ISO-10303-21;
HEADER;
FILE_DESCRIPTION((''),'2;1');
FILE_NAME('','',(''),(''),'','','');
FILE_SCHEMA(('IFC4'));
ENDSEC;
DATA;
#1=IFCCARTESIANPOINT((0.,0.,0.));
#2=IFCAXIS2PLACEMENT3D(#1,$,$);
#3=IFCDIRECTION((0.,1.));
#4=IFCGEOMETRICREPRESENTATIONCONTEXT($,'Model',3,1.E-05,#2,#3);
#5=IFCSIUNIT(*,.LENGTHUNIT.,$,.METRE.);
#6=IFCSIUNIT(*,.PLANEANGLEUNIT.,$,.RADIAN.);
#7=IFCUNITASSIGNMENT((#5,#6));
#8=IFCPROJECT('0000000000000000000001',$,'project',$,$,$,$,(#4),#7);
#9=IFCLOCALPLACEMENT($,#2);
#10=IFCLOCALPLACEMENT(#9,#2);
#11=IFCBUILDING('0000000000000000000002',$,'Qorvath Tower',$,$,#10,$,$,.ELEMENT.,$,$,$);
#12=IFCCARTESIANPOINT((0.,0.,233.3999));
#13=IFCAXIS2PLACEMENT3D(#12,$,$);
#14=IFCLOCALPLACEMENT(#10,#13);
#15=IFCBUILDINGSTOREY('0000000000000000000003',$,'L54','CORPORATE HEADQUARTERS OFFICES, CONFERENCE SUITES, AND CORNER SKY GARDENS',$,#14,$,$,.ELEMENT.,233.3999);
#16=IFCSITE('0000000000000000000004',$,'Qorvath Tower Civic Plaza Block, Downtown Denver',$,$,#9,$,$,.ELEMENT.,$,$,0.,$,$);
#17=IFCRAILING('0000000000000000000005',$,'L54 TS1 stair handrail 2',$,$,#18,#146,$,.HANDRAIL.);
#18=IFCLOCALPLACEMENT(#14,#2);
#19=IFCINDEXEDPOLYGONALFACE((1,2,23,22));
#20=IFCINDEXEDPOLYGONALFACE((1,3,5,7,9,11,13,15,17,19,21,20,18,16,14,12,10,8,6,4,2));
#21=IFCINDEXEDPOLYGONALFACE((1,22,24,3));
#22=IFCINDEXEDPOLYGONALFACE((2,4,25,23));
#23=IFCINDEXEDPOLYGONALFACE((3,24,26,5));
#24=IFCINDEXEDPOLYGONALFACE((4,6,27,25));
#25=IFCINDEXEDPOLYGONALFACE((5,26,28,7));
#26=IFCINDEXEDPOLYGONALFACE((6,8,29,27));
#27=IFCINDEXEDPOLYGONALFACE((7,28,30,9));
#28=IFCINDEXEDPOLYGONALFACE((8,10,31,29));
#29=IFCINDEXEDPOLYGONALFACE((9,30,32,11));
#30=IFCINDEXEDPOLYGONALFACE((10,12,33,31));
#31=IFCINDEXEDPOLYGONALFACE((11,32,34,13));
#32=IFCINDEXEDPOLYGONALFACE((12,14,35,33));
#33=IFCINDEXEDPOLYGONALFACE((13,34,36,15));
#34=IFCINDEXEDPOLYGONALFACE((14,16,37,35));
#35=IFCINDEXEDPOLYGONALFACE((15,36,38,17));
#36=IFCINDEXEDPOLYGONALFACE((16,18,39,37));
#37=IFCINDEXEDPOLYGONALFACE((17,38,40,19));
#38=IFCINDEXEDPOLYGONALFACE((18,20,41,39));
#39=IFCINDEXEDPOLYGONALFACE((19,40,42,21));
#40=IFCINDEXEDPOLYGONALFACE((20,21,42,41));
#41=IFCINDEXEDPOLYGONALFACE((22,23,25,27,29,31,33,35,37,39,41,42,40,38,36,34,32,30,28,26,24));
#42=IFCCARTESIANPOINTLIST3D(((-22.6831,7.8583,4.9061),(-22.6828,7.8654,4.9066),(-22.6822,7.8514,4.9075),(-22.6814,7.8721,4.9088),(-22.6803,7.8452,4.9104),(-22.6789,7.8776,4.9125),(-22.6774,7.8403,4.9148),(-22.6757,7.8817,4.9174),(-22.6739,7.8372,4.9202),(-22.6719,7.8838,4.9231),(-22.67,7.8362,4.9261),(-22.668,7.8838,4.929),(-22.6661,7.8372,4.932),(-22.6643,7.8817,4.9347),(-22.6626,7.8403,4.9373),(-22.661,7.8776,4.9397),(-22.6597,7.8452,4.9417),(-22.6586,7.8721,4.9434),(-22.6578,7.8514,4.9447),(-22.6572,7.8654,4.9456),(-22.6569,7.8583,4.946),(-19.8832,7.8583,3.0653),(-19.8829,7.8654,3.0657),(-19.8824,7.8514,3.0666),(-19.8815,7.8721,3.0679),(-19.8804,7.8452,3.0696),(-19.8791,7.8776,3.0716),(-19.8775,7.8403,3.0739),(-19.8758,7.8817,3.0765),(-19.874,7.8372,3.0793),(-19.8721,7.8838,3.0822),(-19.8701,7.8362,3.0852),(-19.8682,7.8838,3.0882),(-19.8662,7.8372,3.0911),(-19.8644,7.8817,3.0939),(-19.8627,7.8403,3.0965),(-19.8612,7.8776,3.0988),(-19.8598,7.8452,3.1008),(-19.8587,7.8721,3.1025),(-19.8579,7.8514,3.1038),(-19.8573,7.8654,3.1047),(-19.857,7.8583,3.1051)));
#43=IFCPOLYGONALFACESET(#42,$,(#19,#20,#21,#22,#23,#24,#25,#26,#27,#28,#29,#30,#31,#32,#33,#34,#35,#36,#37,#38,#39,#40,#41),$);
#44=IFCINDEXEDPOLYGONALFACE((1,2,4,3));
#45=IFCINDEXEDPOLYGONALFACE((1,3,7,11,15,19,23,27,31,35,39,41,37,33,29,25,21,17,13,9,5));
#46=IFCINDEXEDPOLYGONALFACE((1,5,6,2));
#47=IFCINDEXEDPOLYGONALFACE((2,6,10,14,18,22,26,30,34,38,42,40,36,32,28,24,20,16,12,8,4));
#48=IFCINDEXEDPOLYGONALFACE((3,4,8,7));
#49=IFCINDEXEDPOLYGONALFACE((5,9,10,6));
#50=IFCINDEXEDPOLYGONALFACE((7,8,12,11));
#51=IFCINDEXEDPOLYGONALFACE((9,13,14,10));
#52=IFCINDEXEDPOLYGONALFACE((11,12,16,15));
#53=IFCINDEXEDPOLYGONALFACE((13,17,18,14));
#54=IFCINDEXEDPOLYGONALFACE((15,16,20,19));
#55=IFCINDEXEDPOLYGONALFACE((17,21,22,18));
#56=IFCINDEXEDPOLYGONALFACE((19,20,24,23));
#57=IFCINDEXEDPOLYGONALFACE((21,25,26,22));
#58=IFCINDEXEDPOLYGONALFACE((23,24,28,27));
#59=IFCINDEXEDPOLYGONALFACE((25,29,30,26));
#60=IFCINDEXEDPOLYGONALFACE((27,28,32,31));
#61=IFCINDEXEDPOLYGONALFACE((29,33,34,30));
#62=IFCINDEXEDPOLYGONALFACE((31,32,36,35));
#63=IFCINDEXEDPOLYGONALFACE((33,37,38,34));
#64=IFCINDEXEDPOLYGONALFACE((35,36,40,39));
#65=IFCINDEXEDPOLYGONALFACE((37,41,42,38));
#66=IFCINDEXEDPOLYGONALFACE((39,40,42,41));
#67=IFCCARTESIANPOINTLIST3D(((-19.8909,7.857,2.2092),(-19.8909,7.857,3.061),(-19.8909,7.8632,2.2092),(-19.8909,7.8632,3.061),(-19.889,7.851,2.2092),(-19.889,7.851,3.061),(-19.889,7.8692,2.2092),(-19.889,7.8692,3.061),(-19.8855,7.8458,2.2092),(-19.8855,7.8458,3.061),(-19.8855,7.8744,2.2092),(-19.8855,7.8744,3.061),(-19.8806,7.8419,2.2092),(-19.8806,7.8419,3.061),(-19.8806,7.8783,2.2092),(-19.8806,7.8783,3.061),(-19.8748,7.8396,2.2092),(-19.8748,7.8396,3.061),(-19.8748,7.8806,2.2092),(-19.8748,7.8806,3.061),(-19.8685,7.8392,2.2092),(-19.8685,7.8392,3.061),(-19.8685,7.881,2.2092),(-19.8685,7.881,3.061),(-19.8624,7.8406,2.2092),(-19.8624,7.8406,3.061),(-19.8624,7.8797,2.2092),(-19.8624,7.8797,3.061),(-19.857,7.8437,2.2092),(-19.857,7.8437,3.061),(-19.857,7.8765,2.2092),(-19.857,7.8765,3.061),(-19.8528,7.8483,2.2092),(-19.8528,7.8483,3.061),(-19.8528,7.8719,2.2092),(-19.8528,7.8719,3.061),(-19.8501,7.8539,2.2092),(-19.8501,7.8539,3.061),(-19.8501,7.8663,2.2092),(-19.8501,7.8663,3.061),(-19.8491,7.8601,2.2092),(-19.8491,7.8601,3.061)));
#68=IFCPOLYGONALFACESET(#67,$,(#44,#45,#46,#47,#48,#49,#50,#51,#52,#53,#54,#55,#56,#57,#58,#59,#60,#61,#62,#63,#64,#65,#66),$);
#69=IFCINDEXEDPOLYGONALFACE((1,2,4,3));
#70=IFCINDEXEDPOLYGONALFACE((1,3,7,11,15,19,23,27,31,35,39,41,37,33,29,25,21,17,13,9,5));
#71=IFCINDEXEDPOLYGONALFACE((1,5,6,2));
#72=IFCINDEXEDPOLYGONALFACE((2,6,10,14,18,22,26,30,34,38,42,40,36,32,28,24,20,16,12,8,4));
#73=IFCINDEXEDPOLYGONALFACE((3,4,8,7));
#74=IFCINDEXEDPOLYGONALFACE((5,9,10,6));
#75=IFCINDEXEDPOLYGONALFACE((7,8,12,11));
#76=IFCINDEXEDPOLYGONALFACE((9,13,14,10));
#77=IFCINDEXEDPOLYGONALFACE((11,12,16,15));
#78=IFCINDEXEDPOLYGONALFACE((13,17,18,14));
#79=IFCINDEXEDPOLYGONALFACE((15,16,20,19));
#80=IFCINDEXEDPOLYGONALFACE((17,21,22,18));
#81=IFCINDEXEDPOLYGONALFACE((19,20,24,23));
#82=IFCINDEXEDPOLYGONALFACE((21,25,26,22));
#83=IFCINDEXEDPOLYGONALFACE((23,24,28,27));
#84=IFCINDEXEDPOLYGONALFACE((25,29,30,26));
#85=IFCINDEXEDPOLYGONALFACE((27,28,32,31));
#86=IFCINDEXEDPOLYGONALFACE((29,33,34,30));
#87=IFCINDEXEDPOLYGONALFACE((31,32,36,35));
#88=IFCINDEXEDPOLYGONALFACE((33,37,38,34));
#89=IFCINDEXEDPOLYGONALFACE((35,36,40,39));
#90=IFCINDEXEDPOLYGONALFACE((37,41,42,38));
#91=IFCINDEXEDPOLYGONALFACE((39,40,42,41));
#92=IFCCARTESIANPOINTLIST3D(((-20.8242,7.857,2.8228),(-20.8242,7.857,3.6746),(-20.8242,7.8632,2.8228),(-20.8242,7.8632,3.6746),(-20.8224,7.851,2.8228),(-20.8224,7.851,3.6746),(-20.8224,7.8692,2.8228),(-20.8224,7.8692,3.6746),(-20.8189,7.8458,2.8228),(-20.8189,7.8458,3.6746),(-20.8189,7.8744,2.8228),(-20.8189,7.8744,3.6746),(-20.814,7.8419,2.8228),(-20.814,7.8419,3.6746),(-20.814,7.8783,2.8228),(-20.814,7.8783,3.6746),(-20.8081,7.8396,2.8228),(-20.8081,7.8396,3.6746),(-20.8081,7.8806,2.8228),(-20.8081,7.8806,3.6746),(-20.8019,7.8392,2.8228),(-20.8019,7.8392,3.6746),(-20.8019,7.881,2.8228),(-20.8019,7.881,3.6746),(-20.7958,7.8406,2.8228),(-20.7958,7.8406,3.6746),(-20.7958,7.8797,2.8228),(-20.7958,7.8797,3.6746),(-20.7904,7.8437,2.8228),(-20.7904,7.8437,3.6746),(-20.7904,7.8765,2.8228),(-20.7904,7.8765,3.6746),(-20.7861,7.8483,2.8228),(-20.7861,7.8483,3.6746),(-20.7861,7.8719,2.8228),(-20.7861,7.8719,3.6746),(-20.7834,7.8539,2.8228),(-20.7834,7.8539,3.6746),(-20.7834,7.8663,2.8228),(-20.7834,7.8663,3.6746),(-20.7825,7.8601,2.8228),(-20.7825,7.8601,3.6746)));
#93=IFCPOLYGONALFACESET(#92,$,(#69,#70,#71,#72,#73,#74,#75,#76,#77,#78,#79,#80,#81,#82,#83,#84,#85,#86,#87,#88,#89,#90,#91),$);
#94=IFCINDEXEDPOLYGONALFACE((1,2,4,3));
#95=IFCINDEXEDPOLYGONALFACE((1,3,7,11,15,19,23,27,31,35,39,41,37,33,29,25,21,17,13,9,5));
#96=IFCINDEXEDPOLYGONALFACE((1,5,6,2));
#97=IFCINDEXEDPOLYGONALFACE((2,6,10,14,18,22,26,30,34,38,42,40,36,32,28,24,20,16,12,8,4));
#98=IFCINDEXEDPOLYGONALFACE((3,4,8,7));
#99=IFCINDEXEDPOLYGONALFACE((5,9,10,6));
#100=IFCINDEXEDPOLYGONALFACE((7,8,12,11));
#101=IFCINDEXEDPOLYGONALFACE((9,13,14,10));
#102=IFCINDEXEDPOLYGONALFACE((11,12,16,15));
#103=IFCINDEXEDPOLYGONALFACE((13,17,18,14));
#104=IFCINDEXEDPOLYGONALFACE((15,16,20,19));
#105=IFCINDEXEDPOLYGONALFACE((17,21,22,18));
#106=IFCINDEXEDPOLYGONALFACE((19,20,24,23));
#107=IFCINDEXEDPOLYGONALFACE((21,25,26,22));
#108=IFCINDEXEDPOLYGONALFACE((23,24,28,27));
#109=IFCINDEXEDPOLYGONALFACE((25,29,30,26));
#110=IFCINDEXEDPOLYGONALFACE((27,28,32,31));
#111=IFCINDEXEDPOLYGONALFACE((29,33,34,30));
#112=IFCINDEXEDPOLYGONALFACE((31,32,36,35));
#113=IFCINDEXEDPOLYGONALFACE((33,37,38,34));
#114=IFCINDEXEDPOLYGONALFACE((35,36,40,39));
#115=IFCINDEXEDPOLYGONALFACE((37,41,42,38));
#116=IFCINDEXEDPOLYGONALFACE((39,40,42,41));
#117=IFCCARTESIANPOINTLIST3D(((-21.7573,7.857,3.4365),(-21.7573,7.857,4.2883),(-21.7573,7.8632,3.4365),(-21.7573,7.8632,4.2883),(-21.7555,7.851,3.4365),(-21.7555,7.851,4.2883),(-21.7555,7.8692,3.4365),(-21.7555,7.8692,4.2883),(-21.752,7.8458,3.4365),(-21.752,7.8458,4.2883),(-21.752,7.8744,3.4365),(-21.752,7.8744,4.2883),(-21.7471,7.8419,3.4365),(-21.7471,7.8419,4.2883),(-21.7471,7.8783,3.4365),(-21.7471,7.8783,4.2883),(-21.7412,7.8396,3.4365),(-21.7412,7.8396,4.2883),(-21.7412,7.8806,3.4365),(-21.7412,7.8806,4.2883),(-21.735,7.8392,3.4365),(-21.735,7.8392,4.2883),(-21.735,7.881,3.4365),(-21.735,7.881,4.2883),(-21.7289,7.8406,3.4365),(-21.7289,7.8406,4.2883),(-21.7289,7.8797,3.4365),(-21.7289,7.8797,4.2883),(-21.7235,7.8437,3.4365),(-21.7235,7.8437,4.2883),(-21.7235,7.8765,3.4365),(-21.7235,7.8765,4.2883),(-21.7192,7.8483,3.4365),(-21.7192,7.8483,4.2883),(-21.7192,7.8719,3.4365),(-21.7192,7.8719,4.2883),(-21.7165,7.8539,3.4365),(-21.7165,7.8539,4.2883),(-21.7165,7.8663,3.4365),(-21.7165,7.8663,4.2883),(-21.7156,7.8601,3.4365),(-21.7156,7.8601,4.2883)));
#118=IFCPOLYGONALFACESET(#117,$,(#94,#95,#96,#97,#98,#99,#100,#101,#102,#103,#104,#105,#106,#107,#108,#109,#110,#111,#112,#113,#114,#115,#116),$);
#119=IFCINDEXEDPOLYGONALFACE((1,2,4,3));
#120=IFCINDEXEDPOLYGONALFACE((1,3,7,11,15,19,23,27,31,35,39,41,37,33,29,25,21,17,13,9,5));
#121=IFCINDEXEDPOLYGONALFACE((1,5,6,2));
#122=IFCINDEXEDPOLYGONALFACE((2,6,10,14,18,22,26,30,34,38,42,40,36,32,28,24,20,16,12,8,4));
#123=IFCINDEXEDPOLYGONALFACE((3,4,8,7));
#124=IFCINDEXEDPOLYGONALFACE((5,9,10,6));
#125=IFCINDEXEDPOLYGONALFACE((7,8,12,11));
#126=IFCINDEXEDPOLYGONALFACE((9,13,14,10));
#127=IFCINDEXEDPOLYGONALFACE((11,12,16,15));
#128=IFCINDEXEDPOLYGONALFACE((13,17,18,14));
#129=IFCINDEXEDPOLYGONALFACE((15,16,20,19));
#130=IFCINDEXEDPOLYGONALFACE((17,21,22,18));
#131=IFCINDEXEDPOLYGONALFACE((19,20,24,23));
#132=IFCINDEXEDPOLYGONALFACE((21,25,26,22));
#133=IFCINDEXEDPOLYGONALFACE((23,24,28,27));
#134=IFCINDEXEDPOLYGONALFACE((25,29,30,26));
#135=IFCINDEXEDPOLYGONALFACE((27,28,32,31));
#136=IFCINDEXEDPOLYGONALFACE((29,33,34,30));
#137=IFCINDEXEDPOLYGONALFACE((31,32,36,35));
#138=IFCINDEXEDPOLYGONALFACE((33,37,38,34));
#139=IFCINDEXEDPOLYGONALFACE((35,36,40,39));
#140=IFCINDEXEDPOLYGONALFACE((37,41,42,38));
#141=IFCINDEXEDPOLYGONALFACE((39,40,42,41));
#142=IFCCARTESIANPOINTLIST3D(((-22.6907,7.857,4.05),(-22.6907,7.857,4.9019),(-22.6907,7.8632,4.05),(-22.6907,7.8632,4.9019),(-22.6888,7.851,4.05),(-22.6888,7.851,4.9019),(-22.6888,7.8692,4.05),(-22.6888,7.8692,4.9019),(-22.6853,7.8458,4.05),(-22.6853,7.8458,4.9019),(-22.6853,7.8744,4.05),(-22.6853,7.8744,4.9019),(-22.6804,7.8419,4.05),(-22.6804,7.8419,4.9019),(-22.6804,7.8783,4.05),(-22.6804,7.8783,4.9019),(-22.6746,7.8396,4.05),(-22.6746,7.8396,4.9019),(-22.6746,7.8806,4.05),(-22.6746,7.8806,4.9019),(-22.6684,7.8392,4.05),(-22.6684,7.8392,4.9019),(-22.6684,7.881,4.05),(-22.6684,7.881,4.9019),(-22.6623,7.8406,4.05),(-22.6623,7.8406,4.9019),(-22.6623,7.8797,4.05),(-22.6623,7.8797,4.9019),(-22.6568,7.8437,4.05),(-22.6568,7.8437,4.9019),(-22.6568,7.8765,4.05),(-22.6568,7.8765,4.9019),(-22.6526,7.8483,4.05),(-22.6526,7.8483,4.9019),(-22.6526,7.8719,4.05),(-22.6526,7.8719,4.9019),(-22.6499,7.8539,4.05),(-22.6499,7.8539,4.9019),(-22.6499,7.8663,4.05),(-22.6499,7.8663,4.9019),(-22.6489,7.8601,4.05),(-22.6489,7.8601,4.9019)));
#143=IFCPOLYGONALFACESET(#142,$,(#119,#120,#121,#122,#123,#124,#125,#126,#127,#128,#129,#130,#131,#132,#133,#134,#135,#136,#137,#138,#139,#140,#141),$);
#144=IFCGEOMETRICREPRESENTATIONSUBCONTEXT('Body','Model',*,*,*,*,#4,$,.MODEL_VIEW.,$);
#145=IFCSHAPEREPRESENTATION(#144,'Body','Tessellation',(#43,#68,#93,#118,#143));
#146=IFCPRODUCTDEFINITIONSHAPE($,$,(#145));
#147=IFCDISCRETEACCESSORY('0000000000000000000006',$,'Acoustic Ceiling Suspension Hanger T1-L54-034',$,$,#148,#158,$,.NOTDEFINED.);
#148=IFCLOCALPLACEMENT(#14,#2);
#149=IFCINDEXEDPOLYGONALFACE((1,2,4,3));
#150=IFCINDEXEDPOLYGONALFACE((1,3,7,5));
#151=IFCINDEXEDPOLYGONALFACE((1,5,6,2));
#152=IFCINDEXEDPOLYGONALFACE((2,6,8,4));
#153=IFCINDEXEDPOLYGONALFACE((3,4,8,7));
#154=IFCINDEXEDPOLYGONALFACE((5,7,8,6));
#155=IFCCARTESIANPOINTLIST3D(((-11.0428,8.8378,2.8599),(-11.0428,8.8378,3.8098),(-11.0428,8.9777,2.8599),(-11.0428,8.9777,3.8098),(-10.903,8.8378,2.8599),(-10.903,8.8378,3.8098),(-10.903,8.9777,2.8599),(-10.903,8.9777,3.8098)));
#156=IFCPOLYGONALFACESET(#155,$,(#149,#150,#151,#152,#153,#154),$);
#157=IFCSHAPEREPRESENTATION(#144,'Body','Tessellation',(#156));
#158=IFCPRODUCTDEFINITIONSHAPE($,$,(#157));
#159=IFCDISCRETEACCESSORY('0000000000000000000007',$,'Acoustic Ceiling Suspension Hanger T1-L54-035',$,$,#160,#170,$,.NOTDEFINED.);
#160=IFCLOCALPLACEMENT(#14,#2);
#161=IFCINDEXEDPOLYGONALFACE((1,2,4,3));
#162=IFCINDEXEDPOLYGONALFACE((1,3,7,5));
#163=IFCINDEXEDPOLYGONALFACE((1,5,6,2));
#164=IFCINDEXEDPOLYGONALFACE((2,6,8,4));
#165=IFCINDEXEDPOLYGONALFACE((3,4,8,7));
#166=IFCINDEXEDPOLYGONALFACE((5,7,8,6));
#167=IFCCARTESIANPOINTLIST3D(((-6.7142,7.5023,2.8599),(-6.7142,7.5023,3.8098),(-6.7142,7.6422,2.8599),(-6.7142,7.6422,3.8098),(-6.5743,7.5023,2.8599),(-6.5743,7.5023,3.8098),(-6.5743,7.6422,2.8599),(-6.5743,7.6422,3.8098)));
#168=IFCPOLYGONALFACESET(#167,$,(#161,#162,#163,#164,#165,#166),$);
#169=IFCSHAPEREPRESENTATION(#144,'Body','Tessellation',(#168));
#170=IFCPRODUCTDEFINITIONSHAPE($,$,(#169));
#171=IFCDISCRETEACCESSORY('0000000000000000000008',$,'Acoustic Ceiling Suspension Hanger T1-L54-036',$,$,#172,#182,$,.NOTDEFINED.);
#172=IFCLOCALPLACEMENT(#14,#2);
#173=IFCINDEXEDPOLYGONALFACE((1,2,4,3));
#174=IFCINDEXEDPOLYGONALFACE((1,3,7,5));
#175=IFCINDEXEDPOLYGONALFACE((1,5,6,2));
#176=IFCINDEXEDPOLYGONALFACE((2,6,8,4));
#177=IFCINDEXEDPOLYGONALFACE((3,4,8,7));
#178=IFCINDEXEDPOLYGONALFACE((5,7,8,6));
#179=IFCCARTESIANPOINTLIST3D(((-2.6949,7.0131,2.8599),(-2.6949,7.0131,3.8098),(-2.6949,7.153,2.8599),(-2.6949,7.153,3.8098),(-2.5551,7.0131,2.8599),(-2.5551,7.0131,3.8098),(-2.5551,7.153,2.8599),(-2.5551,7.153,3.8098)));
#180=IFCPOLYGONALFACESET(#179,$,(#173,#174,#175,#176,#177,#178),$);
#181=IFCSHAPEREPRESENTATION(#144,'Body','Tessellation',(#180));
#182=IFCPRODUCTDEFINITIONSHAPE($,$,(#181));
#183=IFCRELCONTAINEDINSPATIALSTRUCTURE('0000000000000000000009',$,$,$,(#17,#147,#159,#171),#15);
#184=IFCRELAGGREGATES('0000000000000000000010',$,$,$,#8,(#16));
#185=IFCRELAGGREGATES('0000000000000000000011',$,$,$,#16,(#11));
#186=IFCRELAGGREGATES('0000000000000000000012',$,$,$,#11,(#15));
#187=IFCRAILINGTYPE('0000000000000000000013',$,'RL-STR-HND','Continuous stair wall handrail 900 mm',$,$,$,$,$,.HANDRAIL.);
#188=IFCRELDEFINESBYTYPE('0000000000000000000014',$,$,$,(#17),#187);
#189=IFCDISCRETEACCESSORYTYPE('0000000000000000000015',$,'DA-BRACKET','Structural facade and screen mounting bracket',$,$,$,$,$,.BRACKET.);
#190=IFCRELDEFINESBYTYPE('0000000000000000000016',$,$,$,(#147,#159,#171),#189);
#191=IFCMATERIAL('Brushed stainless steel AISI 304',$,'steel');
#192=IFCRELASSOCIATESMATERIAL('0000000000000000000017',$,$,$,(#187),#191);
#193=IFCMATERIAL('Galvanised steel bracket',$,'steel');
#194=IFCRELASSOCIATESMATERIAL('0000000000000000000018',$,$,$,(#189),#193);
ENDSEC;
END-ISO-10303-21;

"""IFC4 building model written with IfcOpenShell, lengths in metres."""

from ifc_helpers import new_model, si_unit, direction, frame, origin, origin_2d, place, context, subcontext, project, spatial, rectangle, circle, extrude, material, type_object, element, save


model = new_model("IFC4")

# Units and contexts
model_context = context("Model", 3, precision=1e-05, world=origin(), true_north=direction((0.0, 1.0)))
body_context = subcontext(model_context, "Body", "Model", "MODEL_VIEW")
ifc_project = project(units=[si_unit("LENGTHUNIT", "METRE"), si_unit("PLANEANGLEUNIT", "RADIAN")], contexts=[model_context])

# Site, building, storey
site_placement = place(None, origin())
site = spatial("IfcSite", under=ifc_project, at=site_placement, Name="Qorvath Tower Civic Plaza Block, Downtown Denver", CompositionType="ELEMENT", RefElevation=0.0)
building_placement = place(site_placement, origin())
building = spatial("IfcBuilding", under=site, at=building_placement, Name="Qorvath Tower", CompositionType="ELEMENT")
storey_placement = place(building_placement, frame((0.0, 0.0, 233.3999)))
storey = spatial("IfcBuildingStorey", under=building, at=storey_placement, Name="L54", Description="CORPORATE HEADQUARTERS OFFICES, CONFERENCE SUITES, AND CORNER SKY GARDENS", CompositionType="ELEMENT", Elevation=233.3999)

# Railing
ifc_material_1 = material(Name="Brushed stainless steel AISI 304", Category="steel")
railing_type_1 = type_object("IfcRailingType", Name="RL-STR-HND", Description="Continuous stair wall handrail 900 mm", PredefinedType="HANDRAIL", material=ifc_material_1)
railing_1_placement = place(storey_placement, frame((-19.8701, 7.8601, 2.2092)))
element("IfcRailing", 1, at=railing_1_placement, inside=storey, type_object=railing_type_1, Name="L54 TS1 stair handrail 2", PredefinedType="HANDRAIL", context=body_context, shape_type="SweptSolid", body=[
    extrude(circle(Radius=0.0239, at=origin_2d()), frame((0.0, 0.0, 0.876), z_axis=(-0.835576, 0.0, 0.549376), x_axis=(0.0, -1.0, 0.0)), (0.0, 0.0, 1.0), 3.3508),
    extrude(circle(Radius=0.021, at=origin_2d()), origin(), (0.0, 0.0, 1.0), 0.8518),
    extrude(circle(Radius=0.021, at=origin_2d()), frame((-0.9333, 0.0, 0.6135)), (0.0, 0.0, 1.0), 0.8518),
    extrude(circle(Radius=0.021, at=origin_2d()), frame((-1.8665, 0.0, 1.2273)), (0.0, 0.0, 1.0), 0.8518),
    extrude(circle(Radius=0.021, at=origin_2d()), frame((-2.7998, 0.0, 1.8408)), (0.0, 0.0, 1.0), 0.8518),
])

# Discrete accessories
ifc_material_2 = material(Name="Galvanised steel bracket", Category="steel")
discrete_accessory_type = type_object("IfcDiscreteAccessoryType", Name="DA-BRACKET", Description="Structural facade and screen mounting bracket", PredefinedType="BRACKET", material=ifc_material_2)
for number, where, z_axis, x_axis, name in (
    (2, (-10.9729, 8.9077, 2.8599), (0.0, 0.0, 1.0), (1.0, 0.0, 0.0), "Acoustic Ceiling Suspension Hanger T1-L54-034"),
    (3, (-6.6443, 7.5723, 2.8599), (0.0, 0.0, 1.0), (1.0, 0.0, 0.0), "Acoustic Ceiling Suspension Hanger T1-L54-035"),
    (4, (-2.625, 7.083, 2.8599), (0.0, 0.0, 1.0), (1.0, 0.0, 0.0), "Acoustic Ceiling Suspension Hanger T1-L54-036"),
):
    element("IfcDiscreteAccessory", number, at=place(storey_placement, frame(where, z_axis=z_axis, x_axis=x_axis)), inside=storey, type_object=discrete_accessory_type, Name=name, PredefinedType="NOTDEFINED", context=body_context, shape_type="SweptSolid", body=[
        extrude(rectangle(XDim=0.1399, YDim=0.1399, at=origin_2d()), origin(), (0.0, 0.0, 1.0), 0.95),
    ])

save(model, "model.ifc")
